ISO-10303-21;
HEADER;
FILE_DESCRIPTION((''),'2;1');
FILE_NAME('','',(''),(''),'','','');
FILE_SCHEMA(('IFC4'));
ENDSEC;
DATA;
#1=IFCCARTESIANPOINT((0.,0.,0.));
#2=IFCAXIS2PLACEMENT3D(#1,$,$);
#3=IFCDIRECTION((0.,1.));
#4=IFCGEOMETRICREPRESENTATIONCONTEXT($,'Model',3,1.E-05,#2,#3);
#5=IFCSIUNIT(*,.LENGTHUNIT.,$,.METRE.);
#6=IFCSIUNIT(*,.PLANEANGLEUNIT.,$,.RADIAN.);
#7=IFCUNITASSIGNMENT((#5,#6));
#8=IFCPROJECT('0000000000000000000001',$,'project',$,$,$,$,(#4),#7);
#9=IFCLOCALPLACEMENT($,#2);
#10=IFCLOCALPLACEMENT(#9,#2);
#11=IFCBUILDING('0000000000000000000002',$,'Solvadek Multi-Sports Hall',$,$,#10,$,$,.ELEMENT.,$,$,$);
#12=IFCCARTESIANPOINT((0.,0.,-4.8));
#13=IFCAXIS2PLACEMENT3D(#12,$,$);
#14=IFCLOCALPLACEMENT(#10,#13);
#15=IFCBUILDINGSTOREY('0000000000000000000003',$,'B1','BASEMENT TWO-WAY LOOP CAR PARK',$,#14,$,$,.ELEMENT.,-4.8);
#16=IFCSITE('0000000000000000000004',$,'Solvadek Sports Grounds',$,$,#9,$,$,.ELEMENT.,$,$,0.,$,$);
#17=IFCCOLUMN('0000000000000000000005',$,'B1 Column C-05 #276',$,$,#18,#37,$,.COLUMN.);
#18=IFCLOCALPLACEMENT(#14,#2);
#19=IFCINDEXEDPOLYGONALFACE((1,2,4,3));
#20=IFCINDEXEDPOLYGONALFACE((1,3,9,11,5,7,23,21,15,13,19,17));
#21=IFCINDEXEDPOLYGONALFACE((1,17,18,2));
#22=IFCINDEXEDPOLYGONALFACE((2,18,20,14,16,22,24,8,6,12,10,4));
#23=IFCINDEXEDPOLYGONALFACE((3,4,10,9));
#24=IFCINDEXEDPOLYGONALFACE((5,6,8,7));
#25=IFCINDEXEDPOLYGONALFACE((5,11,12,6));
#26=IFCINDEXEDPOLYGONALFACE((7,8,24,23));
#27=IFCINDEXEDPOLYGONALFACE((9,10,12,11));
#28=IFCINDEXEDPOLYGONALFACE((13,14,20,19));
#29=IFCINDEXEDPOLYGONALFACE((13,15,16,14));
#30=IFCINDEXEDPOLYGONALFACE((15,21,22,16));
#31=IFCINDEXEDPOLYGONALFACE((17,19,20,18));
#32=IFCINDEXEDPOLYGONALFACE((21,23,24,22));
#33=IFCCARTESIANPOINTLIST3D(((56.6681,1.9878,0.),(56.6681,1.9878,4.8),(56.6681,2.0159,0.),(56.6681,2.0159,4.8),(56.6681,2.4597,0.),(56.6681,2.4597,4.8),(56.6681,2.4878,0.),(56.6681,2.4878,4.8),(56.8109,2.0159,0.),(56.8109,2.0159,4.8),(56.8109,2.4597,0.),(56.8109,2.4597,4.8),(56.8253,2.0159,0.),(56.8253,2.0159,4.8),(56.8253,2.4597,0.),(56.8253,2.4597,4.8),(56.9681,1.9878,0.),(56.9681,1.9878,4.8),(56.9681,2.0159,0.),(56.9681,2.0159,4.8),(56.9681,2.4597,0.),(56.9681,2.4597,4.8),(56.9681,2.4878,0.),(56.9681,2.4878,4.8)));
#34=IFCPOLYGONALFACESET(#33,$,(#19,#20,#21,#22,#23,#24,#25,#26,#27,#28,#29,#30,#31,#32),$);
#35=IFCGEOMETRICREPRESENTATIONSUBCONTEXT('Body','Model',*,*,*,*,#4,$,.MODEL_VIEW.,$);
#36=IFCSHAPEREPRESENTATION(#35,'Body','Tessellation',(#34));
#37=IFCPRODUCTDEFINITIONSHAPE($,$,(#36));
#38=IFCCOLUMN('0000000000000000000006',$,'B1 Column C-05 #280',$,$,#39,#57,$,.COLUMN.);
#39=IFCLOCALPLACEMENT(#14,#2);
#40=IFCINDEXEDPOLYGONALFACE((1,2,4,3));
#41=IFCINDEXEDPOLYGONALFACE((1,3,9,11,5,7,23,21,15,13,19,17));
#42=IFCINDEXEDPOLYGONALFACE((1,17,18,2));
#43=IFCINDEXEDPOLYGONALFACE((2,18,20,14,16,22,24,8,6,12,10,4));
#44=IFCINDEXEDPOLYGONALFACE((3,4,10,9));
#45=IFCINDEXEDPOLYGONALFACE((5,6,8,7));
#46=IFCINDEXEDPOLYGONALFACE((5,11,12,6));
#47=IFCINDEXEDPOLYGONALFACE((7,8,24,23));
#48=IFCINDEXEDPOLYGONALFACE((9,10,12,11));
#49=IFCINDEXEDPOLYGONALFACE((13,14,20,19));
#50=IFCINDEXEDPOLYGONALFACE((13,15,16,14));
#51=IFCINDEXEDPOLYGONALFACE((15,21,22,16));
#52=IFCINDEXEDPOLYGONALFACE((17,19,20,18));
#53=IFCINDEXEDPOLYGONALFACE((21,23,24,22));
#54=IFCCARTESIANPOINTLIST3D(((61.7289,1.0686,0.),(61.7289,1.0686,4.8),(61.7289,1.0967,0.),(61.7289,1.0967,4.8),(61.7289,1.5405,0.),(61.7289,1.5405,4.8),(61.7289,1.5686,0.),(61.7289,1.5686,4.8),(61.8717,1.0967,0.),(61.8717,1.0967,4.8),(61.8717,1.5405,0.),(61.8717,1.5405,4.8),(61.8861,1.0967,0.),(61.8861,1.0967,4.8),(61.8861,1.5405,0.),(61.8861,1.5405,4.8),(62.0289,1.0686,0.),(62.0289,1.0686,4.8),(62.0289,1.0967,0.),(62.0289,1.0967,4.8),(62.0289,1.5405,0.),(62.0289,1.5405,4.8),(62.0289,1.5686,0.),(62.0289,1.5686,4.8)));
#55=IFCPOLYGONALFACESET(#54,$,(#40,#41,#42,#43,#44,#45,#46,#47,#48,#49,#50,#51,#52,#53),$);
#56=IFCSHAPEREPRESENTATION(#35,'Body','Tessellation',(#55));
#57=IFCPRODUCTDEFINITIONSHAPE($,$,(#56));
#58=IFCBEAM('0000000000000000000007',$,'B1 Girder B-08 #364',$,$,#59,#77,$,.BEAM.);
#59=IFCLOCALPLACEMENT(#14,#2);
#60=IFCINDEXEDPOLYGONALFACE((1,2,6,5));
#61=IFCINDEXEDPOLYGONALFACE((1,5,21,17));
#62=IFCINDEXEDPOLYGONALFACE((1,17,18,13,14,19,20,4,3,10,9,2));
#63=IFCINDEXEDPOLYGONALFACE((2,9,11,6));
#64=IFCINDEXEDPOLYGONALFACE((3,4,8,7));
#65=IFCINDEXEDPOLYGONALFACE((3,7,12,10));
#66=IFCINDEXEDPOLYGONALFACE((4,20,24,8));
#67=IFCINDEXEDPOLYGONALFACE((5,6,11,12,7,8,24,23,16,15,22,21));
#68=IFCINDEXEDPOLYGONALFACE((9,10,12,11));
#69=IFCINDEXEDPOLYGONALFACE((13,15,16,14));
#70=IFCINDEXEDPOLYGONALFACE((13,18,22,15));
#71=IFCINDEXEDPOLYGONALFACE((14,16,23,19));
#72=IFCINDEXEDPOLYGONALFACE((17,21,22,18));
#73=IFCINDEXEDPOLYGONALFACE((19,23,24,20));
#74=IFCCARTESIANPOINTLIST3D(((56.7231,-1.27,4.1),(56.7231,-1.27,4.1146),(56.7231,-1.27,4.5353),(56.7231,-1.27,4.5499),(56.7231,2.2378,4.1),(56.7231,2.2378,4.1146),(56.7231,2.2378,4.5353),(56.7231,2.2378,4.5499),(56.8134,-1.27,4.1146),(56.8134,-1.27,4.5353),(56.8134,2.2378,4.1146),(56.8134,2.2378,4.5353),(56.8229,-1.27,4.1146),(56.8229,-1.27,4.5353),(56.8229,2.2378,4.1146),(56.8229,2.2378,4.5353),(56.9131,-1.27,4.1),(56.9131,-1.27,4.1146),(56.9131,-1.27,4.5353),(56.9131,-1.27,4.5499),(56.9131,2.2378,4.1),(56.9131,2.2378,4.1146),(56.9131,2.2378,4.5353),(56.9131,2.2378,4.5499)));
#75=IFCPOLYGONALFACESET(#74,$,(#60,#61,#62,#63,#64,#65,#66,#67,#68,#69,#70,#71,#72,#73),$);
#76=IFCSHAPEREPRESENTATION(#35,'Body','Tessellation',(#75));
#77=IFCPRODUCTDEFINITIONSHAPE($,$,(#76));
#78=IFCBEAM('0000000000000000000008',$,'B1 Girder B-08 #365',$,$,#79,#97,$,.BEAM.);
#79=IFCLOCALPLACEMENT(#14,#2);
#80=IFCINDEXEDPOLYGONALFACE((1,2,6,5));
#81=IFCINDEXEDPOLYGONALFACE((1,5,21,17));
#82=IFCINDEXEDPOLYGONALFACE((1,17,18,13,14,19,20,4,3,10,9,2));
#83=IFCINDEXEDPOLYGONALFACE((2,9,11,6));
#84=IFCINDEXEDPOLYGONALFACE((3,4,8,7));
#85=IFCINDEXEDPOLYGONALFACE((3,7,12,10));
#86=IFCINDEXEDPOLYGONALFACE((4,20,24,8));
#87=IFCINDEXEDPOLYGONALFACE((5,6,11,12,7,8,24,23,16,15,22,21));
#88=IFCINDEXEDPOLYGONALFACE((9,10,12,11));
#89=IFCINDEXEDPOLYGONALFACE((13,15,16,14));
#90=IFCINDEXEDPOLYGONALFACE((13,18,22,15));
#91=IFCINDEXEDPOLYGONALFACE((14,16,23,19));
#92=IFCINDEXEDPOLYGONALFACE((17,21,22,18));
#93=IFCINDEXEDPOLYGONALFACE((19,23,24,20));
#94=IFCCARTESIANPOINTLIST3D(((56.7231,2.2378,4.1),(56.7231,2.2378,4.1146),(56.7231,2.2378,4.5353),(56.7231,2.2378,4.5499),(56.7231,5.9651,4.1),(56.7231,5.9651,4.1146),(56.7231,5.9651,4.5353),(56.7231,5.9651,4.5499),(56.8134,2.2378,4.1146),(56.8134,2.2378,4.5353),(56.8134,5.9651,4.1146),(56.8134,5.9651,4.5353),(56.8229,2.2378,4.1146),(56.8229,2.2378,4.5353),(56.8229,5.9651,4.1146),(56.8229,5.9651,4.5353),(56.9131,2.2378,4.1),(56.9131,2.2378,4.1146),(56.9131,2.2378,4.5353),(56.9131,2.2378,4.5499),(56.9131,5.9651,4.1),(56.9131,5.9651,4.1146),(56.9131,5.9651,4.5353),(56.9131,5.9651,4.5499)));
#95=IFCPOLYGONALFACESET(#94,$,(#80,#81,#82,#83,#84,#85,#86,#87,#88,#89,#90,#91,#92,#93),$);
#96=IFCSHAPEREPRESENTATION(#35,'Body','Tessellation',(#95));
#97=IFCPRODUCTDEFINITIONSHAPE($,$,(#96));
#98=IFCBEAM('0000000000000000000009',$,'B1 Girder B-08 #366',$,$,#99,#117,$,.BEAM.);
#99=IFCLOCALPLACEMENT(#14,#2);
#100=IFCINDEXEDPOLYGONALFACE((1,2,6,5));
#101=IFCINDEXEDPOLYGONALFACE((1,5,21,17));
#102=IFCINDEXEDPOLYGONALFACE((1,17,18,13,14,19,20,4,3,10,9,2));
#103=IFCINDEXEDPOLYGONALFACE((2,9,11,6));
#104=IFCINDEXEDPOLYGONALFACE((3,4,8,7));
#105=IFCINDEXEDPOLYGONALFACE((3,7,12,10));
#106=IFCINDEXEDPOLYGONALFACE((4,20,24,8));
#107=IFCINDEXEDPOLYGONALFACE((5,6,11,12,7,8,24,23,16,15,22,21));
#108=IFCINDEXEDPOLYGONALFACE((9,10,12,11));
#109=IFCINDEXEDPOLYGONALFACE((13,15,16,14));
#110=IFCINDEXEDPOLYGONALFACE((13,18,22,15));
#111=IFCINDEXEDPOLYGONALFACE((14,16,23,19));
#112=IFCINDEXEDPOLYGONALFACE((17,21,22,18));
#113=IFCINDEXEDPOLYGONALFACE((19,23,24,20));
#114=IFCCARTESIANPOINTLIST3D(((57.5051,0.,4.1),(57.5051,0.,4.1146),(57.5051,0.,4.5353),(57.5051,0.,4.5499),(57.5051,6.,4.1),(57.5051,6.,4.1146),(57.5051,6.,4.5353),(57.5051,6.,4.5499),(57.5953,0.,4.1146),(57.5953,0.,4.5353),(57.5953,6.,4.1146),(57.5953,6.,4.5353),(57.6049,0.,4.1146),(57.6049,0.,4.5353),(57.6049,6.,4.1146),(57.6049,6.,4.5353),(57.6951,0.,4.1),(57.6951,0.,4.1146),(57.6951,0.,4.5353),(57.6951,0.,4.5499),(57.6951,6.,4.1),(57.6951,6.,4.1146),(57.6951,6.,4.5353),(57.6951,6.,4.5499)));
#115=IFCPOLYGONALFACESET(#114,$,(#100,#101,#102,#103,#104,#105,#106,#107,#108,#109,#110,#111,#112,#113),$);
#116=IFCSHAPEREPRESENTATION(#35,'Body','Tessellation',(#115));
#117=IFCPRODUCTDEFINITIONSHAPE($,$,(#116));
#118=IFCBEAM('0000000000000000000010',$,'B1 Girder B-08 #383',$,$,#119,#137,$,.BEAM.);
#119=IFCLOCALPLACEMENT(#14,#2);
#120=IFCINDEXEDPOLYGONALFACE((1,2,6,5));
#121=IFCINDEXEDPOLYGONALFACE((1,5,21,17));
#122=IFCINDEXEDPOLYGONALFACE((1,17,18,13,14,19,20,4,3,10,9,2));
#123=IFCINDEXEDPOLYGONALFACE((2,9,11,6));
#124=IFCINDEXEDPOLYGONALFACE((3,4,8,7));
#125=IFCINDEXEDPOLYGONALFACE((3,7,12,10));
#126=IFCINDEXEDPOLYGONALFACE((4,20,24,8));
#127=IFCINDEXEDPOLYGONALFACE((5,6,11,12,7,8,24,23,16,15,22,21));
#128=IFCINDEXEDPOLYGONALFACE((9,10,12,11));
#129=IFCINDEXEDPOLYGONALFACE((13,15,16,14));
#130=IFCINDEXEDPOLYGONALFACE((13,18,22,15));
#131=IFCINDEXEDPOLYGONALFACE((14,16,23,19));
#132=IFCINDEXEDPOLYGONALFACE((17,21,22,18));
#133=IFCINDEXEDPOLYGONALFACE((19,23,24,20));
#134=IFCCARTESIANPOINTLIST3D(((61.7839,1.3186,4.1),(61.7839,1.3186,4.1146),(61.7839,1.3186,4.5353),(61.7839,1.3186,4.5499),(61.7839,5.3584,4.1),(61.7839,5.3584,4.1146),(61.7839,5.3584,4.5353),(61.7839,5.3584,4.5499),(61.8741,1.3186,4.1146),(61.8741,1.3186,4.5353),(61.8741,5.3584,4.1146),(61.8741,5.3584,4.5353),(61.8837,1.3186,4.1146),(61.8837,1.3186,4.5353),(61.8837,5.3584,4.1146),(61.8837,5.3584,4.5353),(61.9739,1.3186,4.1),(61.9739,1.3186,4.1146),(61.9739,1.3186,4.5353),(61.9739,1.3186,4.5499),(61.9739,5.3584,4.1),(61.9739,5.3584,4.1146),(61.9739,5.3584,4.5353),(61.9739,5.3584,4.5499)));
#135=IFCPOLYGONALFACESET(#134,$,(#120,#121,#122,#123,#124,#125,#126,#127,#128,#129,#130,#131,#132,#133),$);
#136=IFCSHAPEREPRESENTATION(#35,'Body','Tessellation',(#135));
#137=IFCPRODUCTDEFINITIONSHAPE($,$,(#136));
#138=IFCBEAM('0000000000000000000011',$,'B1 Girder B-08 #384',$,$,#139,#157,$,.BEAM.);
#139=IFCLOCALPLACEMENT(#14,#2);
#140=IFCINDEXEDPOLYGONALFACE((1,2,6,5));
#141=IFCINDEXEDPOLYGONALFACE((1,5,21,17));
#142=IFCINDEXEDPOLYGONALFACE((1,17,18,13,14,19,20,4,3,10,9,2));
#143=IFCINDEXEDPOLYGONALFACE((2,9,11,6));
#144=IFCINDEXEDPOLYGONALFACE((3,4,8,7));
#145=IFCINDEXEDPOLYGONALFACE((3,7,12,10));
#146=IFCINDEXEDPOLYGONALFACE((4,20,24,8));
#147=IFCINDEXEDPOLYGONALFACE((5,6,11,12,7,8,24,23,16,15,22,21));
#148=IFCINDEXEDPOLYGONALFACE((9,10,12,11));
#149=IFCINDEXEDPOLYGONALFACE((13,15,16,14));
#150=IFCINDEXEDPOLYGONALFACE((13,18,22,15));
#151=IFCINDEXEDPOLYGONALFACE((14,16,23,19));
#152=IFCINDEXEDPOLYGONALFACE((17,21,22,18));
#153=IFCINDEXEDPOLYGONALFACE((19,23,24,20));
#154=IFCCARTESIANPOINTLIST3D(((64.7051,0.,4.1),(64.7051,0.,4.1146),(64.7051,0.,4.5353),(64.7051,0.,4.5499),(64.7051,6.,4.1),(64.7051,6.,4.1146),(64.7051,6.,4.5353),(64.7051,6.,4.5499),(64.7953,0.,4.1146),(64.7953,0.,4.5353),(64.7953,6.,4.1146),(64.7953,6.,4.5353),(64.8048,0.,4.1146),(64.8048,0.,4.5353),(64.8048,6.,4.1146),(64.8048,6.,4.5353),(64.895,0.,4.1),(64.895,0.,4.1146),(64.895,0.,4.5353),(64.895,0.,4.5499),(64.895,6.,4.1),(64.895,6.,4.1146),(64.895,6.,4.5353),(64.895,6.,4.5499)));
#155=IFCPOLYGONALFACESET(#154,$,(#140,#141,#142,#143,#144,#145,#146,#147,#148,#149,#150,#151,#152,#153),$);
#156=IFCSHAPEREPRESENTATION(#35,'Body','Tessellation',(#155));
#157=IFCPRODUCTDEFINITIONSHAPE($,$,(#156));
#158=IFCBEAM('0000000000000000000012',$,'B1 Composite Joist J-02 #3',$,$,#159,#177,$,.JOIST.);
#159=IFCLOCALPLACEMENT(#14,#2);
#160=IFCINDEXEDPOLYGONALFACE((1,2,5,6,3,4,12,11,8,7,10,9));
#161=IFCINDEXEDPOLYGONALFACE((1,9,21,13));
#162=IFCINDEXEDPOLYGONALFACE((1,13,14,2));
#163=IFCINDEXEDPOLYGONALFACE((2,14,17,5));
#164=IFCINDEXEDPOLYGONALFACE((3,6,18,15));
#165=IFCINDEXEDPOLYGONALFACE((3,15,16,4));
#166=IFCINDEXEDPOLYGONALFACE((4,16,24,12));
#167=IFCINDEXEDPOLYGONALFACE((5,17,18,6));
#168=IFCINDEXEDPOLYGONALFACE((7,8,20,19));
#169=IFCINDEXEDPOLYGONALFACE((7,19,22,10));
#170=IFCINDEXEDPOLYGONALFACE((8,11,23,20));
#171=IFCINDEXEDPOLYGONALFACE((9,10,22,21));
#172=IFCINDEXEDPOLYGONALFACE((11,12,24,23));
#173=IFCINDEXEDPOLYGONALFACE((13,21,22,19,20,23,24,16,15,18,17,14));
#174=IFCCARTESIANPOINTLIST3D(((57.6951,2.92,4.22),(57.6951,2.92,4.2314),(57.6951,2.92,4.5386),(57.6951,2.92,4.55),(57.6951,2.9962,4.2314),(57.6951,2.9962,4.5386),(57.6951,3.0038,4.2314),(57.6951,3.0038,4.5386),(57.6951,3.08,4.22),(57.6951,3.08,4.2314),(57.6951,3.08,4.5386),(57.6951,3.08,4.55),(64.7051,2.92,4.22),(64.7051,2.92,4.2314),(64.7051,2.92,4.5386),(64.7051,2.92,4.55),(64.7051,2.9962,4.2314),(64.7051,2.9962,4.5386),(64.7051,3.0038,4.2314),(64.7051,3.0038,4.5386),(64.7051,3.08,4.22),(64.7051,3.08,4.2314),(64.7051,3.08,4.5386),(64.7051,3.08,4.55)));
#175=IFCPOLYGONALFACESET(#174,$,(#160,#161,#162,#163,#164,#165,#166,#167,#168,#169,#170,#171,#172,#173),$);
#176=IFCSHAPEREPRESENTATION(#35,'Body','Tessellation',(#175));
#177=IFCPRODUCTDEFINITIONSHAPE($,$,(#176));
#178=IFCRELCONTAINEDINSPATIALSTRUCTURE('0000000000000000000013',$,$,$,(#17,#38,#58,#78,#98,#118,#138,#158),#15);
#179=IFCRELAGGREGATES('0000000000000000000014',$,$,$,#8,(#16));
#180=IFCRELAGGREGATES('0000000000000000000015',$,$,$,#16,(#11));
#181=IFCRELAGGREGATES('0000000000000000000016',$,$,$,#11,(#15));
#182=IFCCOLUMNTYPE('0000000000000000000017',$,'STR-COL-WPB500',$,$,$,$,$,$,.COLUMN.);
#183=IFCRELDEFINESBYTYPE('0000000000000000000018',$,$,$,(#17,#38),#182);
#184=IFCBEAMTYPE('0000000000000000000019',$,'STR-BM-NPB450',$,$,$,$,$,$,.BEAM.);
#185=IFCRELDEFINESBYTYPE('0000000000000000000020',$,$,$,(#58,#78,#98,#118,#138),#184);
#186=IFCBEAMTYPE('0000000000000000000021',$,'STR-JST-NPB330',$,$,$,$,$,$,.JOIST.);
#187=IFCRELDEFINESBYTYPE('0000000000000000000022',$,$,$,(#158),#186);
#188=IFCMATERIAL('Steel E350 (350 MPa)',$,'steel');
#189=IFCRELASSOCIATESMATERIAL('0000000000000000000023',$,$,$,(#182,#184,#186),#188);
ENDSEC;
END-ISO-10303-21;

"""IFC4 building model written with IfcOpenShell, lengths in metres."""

from ifc_helpers import new_model, si_unit, direction, frame, origin, origin_2d, place, context, subcontext, project, spatial, i_section, extrude, material, material_profile, profile_set, type_object, element, save


model = new_model("IFC4")

# Units and contexts
model_context = context("Model", 3, precision=1e-05, world=origin(), true_north=direction((0.0, 1.0)))
body_context = subcontext(model_context, "Body", "Model", "MODEL_VIEW")
ifc_project = project(units=[si_unit("LENGTHUNIT", "METRE"), si_unit("PLANEANGLEUNIT", "RADIAN")], contexts=[model_context])

# Site, building, storey
site_placement = place(None, origin())
site = spatial("IfcSite", under=ifc_project, at=site_placement, Name="Solvadek Sports Grounds", CompositionType="ELEMENT", RefElevation=0.0)
building_placement = place(site_placement, origin())
building = spatial("IfcBuilding", under=site, at=building_placement, Name="Solvadek Multi-Sports Hall", CompositionType="ELEMENT")
storey_placement = place(building_placement, frame((0.0, 0.0, -4.8)))
storey = spatial("IfcBuildingStorey", under=building, at=storey_placement, Name="B1", Description="BASEMENT TWO-WAY LOOP CAR PARK", CompositionType="ELEMENT", Elevation=-4.8)

# Columns
ifc_material_1 = material(Name="Steel E350 (350 MPa)", Category="steel")
ifc_material_profile_1 = material_profile(ifc_material_1, i_section(OverallWidth=0.3, OverallDepth=0.5, WebThickness=0.0144, FlangeThickness=0.0281, at=origin_2d()), Name="WPB 500")
ifc_profile_set_1 = profile_set([ifc_material_profile_1], Name="Steel E350 (350 MPa)")
column_type_1 = type_object("IfcColumnType", Name="STR-COL-WPB500", PredefinedType="COLUMN", material=ifc_profile_set_1)
for number, where, z_axis, x_axis, name in (
    (1, (56.8181, 2.2378, 0.0), (0.0, 0.0, 1.0), (1.0, 0.0, 0.0), "B1 Column C-05 #276"),
    (2, (61.8789, 1.3186, 0.0), (0.0, 0.0, 1.0), (1.0, 0.0, 0.0), "B1 Column C-05 #280"),
):
    element("IfcColumn", number, at=place(storey_placement, frame(where, z_axis=z_axis, x_axis=x_axis)), inside=storey, type_object=column_type_1, Name=name, PredefinedType="COLUMN", context=body_context, shape_type="SweptSolid", body=[
        extrude(i_section(OverallWidth=0.3, OverallDepth=0.5, WebThickness=0.0144, FlangeThickness=0.0281, at=origin_2d()), origin(), (0.0, 0.0, 1.0), 4.8),
    ])

# Beams
ifc_material_profile_2 = material_profile(ifc_material_1, i_section(OverallWidth=0.1899, OverallDepth=0.45, WebThickness=0.0095, FlangeThickness=0.0146, at=origin_2d()), Name="NPB 450")
ifc_profile_set_2 = profile_set([ifc_material_profile_2], Name="Steel E350 (350 MPa)")
beam_type_1 = type_object("IfcBeamType", Name="STR-BM-NPB450", PredefinedType="BEAM", material=ifc_profile_set_2)
beam_1_placement = place(storey_placement, frame((56.8181, -1.27, 4.325), z_axis=(0.0, 1.0, 0.0), x_axis=(-1.0, 0.0, 0.0)))
element("IfcBeam", 3, at=beam_1_placement, inside=storey, type_object=beam_type_1, Name="B1 Girder B-08 #364", PredefinedType="BEAM", context=body_context, shape_type="SweptSolid", body=[
    extrude(i_section(OverallWidth=0.1899, OverallDepth=0.45, WebThickness=0.0095, FlangeThickness=0.0146, at=origin_2d()), origin(), (0.0, 0.0, 1.0), 3.5078),
])
beam_2_placement = place(storey_placement, frame((56.8181, 2.2378, 4.325), z_axis=(0.0, 1.0, 0.0), x_axis=(-1.0, 0.0, 0.0)))
element("IfcBeam", 4, at=beam_2_placement, inside=storey, type_object=beam_type_1, Name="B1 Girder B-08 #365", PredefinedType="BEAM", context=body_context, shape_type="SweptSolid", body=[
    extrude(i_section(OverallWidth=0.1899, OverallDepth=0.45, WebThickness=0.0095, FlangeThickness=0.0146, at=origin_2d()), origin(), (0.0, 0.0, 1.0), 3.7273),
])
beam_3_placement = place(storey_placement, frame((57.6001, 0.0, 4.325), z_axis=(0.0, 1.0, 0.0), x_axis=(-1.0, 0.0, 0.0)))
element("IfcBeam", 5, at=beam_3_placement, inside=storey, type_object=beam_type_1, Name="B1 Girder B-08 #366", PredefinedType="BEAM", context=body_context, shape_type="SweptSolid", body=[
    extrude(i_section(OverallWidth=0.1899, OverallDepth=0.45, WebThickness=0.0095, FlangeThickness=0.0146, at=origin_2d()), origin(), (0.0, 0.0, 1.0), 6.0),
])
beam_4_placement = place(storey_placement, frame((61.8789, 1.3186, 4.325), z_axis=(0.0, 1.0, 0.0), x_axis=(-1.0, 0.0, 0.0)))
element("IfcBeam", 6, at=beam_4_placement, inside=storey, type_object=beam_type_1, Name="B1 Girder B-08 #383", PredefinedType="BEAM", context=body_context, shape_type="SweptSolid", body=[
    extrude(i_section(OverallWidth=0.1899, OverallDepth=0.45, WebThickness=0.0095, FlangeThickness=0.0146, at=origin_2d()), origin(), (0.0, 0.0, 1.0), 4.0398),
])
beam_5_placement = place(storey_placement, frame((64.8, 0.0, 4.325), z_axis=(0.0, 1.0, 0.0), x_axis=(-1.0, 0.0, 0.0)))
element("IfcBeam", 7, at=beam_5_placement, inside=storey, type_object=beam_type_1, Name="B1 Girder B-08 #384", PredefinedType="BEAM", context=body_context, shape_type="SweptSolid", body=[
    extrude(i_section(OverallWidth=0.1899, OverallDepth=0.45, WebThickness=0.0095, FlangeThickness=0.0146, at=origin_2d()), origin(), (0.0, 0.0, 1.0), 6.0),
])
ifc_material_profile_3 = material_profile(ifc_material_1, i_section(OverallWidth=0.1599, OverallDepth=0.3301, WebThickness=0.0076, FlangeThickness=0.0115, at=origin_2d()), Name="NPB 330")
ifc_profile_set_3 = profile_set([ifc_material_profile_3], Name="Steel E350 (350 MPa)")
beam_type_2 = type_object("IfcBeamType", Name="STR-JST-NPB330", PredefinedType="JOIST", material=ifc_profile_set_3)
beam_6_placement = place(storey_placement, frame((57.6951, 3.0, 4.385), z_axis=(1.0, 0.0, 0.0), x_axis=(0.0, 1.0, 0.0)))
element("IfcBeam", 8, at=beam_6_placement, inside=storey, type_object=beam_type_2, Name="B1 Composite Joist J-02 #3", PredefinedType="JOIST", context=body_context, shape_type="SweptSolid", body=[
    extrude(i_section(OverallWidth=0.1599, OverallDepth=0.3301, WebThickness=0.0076, FlangeThickness=0.0115, at=origin_2d()), origin(), (0.0, 0.0, 1.0), 7.01),
])

save(model, "model.ifc")
